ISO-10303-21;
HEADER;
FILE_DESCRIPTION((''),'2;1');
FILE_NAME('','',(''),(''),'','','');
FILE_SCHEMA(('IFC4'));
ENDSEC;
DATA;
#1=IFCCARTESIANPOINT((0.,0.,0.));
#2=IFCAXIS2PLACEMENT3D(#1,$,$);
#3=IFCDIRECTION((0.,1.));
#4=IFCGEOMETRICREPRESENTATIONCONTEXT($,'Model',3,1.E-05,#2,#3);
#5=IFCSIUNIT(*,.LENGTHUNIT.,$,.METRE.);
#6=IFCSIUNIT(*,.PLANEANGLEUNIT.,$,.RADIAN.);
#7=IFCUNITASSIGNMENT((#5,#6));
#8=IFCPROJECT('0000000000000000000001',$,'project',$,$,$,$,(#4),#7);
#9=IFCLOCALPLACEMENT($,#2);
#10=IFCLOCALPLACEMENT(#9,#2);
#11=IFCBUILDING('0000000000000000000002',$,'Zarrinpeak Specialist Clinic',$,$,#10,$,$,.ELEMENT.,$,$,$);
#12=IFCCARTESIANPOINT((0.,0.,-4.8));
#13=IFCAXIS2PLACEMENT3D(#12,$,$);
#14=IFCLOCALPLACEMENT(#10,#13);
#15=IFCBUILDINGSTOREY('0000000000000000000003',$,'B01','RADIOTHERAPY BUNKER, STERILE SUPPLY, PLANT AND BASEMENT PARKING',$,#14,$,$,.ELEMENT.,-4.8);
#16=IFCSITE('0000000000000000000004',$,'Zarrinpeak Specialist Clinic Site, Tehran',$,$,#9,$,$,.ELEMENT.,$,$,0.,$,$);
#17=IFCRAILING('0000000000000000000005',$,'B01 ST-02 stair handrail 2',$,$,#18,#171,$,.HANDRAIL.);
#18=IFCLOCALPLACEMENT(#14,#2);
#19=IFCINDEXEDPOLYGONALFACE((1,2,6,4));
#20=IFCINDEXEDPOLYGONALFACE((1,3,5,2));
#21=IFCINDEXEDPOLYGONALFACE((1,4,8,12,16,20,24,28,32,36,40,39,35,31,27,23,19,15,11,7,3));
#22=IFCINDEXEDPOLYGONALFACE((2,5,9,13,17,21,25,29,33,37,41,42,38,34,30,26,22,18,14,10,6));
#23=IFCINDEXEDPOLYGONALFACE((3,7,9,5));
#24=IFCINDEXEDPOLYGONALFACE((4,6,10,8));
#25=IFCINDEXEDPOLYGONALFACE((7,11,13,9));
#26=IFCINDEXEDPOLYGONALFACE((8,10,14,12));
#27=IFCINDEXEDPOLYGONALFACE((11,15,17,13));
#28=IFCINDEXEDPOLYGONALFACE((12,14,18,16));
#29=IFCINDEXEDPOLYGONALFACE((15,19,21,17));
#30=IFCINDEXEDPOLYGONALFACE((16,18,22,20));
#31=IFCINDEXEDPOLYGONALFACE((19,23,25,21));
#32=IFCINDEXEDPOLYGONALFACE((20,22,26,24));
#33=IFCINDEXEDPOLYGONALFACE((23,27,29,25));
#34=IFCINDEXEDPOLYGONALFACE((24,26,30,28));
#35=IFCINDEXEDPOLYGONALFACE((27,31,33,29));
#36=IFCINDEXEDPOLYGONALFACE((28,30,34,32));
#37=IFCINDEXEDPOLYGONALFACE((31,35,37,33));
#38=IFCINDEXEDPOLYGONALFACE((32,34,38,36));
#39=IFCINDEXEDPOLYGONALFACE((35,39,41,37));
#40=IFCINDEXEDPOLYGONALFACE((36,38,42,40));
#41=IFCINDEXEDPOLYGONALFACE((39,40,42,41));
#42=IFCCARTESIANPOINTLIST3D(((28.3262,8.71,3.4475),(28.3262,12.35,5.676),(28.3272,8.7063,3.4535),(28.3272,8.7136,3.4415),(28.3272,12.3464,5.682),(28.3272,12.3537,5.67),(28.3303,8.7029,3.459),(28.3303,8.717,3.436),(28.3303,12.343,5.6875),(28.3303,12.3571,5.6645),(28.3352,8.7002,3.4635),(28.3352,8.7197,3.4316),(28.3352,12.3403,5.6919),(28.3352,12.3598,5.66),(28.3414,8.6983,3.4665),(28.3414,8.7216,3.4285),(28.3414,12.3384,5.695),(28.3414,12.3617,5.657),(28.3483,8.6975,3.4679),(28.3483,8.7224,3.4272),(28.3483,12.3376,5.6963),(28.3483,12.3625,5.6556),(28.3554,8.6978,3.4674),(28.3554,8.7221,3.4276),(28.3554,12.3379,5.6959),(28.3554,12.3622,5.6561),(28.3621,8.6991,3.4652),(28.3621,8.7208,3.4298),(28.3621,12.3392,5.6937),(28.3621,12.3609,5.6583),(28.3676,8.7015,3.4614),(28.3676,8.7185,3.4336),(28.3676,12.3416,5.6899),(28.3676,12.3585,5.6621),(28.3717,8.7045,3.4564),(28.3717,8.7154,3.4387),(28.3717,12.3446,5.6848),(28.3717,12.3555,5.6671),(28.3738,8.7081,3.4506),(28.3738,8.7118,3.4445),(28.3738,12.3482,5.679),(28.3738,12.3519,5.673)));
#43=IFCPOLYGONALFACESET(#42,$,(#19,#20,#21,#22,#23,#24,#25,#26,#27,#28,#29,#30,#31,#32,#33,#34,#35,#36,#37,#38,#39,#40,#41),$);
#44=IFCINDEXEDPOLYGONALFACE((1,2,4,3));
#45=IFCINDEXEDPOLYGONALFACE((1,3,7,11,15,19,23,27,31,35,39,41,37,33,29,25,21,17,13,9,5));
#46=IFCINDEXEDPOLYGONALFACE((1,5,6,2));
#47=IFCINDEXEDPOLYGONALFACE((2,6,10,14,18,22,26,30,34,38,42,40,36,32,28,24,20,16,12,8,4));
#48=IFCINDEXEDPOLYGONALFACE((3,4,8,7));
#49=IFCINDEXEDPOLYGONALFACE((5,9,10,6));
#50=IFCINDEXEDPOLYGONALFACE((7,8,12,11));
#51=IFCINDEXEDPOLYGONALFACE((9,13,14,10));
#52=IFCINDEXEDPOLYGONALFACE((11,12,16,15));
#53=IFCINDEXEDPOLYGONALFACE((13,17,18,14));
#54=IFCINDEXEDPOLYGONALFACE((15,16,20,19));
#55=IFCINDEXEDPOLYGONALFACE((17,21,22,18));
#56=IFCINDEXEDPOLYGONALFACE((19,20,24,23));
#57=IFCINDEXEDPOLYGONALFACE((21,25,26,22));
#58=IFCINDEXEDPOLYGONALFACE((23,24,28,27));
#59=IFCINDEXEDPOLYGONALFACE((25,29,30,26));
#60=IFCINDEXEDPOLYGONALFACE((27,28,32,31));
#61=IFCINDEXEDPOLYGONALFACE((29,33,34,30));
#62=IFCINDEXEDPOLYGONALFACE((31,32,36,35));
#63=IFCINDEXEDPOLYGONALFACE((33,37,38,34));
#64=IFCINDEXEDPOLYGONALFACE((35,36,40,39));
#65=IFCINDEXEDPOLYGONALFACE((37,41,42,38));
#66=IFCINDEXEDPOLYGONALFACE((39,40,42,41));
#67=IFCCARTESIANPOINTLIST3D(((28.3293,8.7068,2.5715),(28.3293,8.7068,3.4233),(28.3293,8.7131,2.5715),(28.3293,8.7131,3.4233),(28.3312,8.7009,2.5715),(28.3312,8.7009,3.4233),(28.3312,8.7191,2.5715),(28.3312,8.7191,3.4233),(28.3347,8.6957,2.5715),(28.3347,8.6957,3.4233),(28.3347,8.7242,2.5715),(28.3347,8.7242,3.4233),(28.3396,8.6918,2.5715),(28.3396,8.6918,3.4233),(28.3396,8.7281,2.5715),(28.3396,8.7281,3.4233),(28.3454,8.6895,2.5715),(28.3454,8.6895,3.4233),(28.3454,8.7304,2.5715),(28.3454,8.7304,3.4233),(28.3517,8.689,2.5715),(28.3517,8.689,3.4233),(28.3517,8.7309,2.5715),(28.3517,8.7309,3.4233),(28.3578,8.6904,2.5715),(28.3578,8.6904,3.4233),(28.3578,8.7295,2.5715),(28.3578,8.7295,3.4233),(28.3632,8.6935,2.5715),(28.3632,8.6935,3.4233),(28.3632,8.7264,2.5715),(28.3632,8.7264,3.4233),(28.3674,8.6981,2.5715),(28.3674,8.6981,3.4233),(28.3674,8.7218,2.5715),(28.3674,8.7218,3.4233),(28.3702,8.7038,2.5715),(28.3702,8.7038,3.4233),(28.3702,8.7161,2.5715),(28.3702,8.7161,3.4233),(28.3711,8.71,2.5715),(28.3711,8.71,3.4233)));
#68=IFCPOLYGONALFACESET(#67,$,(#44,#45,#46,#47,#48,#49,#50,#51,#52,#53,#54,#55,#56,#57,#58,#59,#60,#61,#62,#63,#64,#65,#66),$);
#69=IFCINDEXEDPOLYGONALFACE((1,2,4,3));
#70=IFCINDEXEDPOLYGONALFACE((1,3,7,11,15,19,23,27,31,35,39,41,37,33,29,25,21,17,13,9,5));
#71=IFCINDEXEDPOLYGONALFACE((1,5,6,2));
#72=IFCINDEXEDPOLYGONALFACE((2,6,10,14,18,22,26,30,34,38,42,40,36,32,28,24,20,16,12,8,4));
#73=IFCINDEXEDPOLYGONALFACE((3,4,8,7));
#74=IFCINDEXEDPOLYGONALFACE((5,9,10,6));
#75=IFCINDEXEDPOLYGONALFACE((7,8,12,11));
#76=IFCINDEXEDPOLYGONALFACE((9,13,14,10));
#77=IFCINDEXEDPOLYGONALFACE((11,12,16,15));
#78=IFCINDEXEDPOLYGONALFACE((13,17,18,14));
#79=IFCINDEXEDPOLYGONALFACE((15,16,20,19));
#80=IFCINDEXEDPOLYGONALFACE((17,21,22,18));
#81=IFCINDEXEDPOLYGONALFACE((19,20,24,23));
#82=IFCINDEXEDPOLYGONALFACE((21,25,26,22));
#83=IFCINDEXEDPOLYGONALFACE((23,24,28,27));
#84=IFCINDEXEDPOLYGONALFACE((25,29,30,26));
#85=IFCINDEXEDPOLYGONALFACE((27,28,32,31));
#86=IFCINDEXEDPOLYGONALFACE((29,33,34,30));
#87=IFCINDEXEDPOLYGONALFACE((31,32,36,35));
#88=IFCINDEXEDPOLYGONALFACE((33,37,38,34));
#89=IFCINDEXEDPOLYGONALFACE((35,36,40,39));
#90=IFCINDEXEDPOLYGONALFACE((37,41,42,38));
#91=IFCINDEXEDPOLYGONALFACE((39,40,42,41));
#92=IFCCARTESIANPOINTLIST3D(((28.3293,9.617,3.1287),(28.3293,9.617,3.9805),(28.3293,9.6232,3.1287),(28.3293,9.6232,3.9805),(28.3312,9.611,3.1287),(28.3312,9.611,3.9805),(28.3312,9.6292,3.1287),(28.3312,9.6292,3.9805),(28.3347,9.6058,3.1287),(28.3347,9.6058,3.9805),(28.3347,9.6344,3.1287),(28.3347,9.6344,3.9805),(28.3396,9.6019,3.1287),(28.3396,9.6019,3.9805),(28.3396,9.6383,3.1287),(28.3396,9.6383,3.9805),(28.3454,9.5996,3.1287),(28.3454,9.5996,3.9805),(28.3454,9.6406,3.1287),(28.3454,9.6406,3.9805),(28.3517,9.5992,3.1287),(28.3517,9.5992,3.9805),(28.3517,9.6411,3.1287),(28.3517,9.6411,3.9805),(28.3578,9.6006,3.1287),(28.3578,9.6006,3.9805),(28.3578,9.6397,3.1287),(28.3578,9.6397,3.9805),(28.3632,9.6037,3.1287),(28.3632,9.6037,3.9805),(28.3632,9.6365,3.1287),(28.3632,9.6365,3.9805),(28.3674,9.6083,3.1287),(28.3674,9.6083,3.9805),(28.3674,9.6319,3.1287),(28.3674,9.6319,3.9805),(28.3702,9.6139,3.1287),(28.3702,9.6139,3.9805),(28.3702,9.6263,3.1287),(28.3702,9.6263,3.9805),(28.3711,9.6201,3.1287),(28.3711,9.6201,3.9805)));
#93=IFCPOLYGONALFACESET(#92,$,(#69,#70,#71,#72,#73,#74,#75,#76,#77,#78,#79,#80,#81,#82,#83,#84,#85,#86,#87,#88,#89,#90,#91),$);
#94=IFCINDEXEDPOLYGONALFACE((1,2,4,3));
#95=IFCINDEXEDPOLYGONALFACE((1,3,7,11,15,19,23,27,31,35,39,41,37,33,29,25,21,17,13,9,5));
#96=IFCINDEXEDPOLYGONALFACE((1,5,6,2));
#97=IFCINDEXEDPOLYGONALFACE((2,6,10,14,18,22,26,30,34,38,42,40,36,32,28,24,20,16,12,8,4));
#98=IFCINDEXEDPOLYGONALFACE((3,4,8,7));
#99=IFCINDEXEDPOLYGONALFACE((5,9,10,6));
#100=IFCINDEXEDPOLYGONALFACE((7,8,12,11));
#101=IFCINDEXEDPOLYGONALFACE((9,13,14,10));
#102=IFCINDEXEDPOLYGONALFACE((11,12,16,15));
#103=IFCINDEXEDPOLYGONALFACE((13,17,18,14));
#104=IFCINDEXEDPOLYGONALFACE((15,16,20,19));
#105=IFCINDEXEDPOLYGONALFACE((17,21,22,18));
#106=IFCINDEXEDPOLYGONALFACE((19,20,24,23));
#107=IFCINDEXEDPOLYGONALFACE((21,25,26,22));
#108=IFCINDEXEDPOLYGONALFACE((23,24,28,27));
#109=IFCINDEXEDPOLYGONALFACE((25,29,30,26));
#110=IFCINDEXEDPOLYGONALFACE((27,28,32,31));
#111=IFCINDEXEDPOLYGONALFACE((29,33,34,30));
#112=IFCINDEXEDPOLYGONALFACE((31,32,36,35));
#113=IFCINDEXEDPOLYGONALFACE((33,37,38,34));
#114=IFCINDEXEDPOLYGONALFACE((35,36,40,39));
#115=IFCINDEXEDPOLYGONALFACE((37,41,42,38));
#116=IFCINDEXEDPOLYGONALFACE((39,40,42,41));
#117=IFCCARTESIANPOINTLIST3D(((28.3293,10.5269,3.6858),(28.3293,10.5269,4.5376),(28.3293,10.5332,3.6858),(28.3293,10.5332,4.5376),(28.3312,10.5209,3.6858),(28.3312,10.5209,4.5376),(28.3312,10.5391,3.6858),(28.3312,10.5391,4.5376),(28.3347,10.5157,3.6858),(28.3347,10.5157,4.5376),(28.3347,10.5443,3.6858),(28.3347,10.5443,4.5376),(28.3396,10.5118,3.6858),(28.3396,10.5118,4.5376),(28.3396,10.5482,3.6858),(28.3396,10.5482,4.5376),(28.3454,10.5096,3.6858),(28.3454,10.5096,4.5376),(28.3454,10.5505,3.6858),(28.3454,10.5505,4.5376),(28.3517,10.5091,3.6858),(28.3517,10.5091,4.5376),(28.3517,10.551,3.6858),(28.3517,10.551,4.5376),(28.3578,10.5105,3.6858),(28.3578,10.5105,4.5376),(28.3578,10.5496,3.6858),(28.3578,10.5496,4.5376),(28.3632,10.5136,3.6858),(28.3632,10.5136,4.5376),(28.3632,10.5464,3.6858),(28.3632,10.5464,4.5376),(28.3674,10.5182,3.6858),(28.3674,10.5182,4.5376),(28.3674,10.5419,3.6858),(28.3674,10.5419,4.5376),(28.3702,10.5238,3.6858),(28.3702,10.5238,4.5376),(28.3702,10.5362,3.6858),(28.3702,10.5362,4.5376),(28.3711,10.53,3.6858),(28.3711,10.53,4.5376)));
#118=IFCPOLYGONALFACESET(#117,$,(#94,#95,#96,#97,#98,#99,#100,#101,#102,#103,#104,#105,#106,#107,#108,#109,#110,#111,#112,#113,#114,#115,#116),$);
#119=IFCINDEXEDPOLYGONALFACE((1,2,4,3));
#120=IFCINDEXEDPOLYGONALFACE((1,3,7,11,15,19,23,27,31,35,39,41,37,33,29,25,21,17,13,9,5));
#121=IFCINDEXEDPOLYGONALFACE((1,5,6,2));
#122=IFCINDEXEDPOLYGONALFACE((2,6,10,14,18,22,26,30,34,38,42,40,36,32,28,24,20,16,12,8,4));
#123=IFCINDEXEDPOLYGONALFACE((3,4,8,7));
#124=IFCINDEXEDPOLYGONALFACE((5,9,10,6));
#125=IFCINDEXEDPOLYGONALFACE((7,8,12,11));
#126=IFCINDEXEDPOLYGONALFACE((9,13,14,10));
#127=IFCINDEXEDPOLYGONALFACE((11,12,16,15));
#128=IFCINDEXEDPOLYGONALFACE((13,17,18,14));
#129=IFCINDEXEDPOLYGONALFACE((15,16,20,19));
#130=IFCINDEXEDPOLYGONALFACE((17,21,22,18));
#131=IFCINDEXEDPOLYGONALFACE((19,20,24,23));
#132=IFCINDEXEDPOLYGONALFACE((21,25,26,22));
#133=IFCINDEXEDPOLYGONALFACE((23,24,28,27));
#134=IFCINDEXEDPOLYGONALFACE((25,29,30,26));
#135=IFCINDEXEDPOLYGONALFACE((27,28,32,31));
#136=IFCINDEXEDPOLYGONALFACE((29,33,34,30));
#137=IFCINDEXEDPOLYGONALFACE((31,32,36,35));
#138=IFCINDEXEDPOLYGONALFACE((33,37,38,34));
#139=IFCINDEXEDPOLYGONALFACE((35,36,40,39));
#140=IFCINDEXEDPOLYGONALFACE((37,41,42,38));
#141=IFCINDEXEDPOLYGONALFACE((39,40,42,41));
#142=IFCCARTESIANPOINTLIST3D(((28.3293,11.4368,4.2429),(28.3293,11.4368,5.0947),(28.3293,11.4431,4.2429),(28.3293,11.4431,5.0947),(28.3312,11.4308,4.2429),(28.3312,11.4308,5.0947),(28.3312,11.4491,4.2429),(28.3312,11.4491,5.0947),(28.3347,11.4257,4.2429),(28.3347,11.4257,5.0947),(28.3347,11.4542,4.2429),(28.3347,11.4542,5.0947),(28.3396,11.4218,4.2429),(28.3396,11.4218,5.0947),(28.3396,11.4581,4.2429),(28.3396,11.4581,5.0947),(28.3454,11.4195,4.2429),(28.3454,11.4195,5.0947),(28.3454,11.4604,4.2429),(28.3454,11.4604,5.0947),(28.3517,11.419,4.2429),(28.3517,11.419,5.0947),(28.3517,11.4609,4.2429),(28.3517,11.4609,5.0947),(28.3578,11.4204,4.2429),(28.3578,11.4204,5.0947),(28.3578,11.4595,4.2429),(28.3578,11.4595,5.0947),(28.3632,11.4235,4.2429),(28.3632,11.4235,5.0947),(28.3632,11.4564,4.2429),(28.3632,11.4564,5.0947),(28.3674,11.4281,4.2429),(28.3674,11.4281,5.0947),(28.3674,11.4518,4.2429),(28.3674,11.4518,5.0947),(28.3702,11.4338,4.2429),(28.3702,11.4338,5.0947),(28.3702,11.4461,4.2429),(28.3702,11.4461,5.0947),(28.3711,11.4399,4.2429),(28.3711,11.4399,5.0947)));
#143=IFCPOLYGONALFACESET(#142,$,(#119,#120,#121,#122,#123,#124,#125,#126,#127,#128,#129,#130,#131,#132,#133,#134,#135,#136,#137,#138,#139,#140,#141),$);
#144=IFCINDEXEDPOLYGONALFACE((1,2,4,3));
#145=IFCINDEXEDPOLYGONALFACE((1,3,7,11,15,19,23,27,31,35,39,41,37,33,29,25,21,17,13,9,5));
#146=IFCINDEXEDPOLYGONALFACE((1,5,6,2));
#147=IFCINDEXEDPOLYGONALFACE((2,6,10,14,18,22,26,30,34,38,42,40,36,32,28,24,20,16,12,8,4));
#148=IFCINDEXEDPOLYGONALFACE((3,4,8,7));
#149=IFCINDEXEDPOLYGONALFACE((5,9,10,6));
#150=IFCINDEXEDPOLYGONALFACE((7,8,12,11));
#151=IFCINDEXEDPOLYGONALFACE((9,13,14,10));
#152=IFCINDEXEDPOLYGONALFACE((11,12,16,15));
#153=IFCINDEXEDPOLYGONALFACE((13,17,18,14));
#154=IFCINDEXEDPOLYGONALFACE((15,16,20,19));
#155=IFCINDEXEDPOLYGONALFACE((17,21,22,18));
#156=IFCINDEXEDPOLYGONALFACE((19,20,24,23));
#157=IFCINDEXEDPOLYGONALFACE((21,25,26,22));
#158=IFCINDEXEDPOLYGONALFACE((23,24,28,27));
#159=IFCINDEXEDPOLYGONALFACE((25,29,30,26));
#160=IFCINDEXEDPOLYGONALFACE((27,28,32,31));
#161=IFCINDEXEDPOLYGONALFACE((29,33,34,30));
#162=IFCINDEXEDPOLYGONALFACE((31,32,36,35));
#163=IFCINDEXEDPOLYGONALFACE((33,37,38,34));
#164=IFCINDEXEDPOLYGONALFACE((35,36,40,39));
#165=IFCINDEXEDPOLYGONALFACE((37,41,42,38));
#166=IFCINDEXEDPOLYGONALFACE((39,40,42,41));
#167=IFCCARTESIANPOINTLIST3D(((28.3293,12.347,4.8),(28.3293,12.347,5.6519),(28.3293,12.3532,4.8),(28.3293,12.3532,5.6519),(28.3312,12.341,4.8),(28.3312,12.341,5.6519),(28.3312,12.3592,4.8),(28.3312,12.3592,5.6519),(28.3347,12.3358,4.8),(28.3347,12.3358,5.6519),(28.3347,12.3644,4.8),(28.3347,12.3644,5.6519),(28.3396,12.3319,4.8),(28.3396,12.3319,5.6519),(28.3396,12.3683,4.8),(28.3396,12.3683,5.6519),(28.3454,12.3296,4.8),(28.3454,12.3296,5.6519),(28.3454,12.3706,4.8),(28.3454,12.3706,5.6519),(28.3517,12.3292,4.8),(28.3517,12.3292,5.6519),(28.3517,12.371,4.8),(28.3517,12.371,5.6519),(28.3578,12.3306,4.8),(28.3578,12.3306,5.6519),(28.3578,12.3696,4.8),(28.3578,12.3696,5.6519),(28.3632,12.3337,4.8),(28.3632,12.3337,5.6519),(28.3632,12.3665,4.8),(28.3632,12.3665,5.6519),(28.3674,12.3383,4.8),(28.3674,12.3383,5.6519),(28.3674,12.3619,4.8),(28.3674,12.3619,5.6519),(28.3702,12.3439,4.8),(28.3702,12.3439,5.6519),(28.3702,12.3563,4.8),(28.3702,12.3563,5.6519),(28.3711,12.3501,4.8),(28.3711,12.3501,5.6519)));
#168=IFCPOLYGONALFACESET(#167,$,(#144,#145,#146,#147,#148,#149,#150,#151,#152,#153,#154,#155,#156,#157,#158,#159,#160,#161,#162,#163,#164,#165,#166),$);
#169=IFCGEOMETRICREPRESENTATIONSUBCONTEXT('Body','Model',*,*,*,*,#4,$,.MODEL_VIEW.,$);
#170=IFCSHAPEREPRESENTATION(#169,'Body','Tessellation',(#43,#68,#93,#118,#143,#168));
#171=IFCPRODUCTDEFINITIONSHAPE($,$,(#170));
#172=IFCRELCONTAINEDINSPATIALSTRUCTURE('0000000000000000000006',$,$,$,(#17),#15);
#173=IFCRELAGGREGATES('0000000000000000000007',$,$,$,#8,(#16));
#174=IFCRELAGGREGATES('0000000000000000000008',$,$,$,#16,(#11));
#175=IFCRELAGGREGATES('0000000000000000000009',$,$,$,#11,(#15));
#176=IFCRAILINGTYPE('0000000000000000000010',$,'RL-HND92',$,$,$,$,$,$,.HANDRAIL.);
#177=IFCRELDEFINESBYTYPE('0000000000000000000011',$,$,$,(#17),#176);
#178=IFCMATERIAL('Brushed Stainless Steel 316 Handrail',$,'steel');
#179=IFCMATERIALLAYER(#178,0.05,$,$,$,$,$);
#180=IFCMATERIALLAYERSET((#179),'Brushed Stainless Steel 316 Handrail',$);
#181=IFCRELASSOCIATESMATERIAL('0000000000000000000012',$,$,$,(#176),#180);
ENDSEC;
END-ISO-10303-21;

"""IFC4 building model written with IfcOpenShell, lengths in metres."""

from ifc_helpers import new_model, si_unit, direction, frame, origin, origin_2d, place, context, subcontext, project, spatial, circle, extrude, material, layer, layer_set, type_object, element, save


model = new_model("IFC4")

# Units and contexts
model_context = context("Model", 3, precision=1e-05, world=origin(), true_north=direction((0.0, 1.0)))
body_context = subcontext(model_context, "Body", "Model", "MODEL_VIEW")
ifc_project = project(units=[si_unit("LENGTHUNIT", "METRE"), si_unit("PLANEANGLEUNIT", "RADIAN")], contexts=[model_context])

# Site, building, storey
site_placement = place(None, origin())
site = spatial("IfcSite", under=ifc_project, at=site_placement, Name="Zarrinpeak Specialist Clinic Site, Tehran", CompositionType="ELEMENT", RefElevation=0.0)
building_placement = place(site_placement, origin())
building = spatial("IfcBuilding", under=site, at=building_placement, Name="Zarrinpeak Specialist Clinic", CompositionType="ELEMENT")
storey_placement = place(building_placement, frame((0.0, 0.0, -4.8)))
storey = spatial("IfcBuildingStorey", under=building, at=storey_placement, Name="B01", Description="RADIOTHERAPY BUNKER, STERILE SUPPLY, PLANT AND BASEMENT PARKING", CompositionType="ELEMENT", Elevation=-4.8)

# Railing
ifc_material_1 = material(Name="Brushed Stainless Steel 316 Handrail", Category="steel")
ifc_layer_1 = layer(ifc_material_1, 0.05)
ifc_layer_set_1 = layer_set([ifc_layer_1], Name="Brushed Stainless Steel 316 Handrail")
railing_type_1 = type_object("IfcRailingType", Name="RL-HND92", PredefinedType="HANDRAIL", material=ifc_layer_set_1)
railing_1_placement = place(storey_placement, frame((28.3501, 8.71, 2.5715)))
element("IfcRailing", 1, at=railing_1_placement, inside=storey, type_object=railing_type_1, Name="B01 ST-02 stair handrail 2", PredefinedType="HANDRAIL", context=body_context, shape_type="SweptSolid", body=[
    extrude(circle(Radius=0.0239, at=origin_2d()), frame((0.0, 0.0, 0.876), z_axis=(0.0, 0.852866, 0.52213), x_axis=(-1.0, 0.0, 0.0)), (0.0, 0.0, 1.0), 4.2681),
    extrude(circle(Radius=0.021, at=origin_2d()), origin(), (0.0, 0.0, 1.0), 0.8518),
    extrude(circle(Radius=0.021, at=origin_2d()), frame((0.0, 0.9102, 0.5571)), (0.0, 0.0, 1.0), 0.8518),
    extrude(circle(Radius=0.021, at=origin_2d()), frame((0.0, 1.8201, 1.1143)), (0.0, 0.0, 1.0), 0.8518),
    extrude(circle(Radius=0.021, at=origin_2d()), frame((0.0, 2.73, 1.6714)), (0.0, 0.0, 1.0), 0.8518),
    extrude(circle(Radius=0.021, at=origin_2d()), frame((0.0, 3.6401, 2.2285)), (0.0, 0.0, 1.0), 0.8518),
])

save(model, "model.ifc")
